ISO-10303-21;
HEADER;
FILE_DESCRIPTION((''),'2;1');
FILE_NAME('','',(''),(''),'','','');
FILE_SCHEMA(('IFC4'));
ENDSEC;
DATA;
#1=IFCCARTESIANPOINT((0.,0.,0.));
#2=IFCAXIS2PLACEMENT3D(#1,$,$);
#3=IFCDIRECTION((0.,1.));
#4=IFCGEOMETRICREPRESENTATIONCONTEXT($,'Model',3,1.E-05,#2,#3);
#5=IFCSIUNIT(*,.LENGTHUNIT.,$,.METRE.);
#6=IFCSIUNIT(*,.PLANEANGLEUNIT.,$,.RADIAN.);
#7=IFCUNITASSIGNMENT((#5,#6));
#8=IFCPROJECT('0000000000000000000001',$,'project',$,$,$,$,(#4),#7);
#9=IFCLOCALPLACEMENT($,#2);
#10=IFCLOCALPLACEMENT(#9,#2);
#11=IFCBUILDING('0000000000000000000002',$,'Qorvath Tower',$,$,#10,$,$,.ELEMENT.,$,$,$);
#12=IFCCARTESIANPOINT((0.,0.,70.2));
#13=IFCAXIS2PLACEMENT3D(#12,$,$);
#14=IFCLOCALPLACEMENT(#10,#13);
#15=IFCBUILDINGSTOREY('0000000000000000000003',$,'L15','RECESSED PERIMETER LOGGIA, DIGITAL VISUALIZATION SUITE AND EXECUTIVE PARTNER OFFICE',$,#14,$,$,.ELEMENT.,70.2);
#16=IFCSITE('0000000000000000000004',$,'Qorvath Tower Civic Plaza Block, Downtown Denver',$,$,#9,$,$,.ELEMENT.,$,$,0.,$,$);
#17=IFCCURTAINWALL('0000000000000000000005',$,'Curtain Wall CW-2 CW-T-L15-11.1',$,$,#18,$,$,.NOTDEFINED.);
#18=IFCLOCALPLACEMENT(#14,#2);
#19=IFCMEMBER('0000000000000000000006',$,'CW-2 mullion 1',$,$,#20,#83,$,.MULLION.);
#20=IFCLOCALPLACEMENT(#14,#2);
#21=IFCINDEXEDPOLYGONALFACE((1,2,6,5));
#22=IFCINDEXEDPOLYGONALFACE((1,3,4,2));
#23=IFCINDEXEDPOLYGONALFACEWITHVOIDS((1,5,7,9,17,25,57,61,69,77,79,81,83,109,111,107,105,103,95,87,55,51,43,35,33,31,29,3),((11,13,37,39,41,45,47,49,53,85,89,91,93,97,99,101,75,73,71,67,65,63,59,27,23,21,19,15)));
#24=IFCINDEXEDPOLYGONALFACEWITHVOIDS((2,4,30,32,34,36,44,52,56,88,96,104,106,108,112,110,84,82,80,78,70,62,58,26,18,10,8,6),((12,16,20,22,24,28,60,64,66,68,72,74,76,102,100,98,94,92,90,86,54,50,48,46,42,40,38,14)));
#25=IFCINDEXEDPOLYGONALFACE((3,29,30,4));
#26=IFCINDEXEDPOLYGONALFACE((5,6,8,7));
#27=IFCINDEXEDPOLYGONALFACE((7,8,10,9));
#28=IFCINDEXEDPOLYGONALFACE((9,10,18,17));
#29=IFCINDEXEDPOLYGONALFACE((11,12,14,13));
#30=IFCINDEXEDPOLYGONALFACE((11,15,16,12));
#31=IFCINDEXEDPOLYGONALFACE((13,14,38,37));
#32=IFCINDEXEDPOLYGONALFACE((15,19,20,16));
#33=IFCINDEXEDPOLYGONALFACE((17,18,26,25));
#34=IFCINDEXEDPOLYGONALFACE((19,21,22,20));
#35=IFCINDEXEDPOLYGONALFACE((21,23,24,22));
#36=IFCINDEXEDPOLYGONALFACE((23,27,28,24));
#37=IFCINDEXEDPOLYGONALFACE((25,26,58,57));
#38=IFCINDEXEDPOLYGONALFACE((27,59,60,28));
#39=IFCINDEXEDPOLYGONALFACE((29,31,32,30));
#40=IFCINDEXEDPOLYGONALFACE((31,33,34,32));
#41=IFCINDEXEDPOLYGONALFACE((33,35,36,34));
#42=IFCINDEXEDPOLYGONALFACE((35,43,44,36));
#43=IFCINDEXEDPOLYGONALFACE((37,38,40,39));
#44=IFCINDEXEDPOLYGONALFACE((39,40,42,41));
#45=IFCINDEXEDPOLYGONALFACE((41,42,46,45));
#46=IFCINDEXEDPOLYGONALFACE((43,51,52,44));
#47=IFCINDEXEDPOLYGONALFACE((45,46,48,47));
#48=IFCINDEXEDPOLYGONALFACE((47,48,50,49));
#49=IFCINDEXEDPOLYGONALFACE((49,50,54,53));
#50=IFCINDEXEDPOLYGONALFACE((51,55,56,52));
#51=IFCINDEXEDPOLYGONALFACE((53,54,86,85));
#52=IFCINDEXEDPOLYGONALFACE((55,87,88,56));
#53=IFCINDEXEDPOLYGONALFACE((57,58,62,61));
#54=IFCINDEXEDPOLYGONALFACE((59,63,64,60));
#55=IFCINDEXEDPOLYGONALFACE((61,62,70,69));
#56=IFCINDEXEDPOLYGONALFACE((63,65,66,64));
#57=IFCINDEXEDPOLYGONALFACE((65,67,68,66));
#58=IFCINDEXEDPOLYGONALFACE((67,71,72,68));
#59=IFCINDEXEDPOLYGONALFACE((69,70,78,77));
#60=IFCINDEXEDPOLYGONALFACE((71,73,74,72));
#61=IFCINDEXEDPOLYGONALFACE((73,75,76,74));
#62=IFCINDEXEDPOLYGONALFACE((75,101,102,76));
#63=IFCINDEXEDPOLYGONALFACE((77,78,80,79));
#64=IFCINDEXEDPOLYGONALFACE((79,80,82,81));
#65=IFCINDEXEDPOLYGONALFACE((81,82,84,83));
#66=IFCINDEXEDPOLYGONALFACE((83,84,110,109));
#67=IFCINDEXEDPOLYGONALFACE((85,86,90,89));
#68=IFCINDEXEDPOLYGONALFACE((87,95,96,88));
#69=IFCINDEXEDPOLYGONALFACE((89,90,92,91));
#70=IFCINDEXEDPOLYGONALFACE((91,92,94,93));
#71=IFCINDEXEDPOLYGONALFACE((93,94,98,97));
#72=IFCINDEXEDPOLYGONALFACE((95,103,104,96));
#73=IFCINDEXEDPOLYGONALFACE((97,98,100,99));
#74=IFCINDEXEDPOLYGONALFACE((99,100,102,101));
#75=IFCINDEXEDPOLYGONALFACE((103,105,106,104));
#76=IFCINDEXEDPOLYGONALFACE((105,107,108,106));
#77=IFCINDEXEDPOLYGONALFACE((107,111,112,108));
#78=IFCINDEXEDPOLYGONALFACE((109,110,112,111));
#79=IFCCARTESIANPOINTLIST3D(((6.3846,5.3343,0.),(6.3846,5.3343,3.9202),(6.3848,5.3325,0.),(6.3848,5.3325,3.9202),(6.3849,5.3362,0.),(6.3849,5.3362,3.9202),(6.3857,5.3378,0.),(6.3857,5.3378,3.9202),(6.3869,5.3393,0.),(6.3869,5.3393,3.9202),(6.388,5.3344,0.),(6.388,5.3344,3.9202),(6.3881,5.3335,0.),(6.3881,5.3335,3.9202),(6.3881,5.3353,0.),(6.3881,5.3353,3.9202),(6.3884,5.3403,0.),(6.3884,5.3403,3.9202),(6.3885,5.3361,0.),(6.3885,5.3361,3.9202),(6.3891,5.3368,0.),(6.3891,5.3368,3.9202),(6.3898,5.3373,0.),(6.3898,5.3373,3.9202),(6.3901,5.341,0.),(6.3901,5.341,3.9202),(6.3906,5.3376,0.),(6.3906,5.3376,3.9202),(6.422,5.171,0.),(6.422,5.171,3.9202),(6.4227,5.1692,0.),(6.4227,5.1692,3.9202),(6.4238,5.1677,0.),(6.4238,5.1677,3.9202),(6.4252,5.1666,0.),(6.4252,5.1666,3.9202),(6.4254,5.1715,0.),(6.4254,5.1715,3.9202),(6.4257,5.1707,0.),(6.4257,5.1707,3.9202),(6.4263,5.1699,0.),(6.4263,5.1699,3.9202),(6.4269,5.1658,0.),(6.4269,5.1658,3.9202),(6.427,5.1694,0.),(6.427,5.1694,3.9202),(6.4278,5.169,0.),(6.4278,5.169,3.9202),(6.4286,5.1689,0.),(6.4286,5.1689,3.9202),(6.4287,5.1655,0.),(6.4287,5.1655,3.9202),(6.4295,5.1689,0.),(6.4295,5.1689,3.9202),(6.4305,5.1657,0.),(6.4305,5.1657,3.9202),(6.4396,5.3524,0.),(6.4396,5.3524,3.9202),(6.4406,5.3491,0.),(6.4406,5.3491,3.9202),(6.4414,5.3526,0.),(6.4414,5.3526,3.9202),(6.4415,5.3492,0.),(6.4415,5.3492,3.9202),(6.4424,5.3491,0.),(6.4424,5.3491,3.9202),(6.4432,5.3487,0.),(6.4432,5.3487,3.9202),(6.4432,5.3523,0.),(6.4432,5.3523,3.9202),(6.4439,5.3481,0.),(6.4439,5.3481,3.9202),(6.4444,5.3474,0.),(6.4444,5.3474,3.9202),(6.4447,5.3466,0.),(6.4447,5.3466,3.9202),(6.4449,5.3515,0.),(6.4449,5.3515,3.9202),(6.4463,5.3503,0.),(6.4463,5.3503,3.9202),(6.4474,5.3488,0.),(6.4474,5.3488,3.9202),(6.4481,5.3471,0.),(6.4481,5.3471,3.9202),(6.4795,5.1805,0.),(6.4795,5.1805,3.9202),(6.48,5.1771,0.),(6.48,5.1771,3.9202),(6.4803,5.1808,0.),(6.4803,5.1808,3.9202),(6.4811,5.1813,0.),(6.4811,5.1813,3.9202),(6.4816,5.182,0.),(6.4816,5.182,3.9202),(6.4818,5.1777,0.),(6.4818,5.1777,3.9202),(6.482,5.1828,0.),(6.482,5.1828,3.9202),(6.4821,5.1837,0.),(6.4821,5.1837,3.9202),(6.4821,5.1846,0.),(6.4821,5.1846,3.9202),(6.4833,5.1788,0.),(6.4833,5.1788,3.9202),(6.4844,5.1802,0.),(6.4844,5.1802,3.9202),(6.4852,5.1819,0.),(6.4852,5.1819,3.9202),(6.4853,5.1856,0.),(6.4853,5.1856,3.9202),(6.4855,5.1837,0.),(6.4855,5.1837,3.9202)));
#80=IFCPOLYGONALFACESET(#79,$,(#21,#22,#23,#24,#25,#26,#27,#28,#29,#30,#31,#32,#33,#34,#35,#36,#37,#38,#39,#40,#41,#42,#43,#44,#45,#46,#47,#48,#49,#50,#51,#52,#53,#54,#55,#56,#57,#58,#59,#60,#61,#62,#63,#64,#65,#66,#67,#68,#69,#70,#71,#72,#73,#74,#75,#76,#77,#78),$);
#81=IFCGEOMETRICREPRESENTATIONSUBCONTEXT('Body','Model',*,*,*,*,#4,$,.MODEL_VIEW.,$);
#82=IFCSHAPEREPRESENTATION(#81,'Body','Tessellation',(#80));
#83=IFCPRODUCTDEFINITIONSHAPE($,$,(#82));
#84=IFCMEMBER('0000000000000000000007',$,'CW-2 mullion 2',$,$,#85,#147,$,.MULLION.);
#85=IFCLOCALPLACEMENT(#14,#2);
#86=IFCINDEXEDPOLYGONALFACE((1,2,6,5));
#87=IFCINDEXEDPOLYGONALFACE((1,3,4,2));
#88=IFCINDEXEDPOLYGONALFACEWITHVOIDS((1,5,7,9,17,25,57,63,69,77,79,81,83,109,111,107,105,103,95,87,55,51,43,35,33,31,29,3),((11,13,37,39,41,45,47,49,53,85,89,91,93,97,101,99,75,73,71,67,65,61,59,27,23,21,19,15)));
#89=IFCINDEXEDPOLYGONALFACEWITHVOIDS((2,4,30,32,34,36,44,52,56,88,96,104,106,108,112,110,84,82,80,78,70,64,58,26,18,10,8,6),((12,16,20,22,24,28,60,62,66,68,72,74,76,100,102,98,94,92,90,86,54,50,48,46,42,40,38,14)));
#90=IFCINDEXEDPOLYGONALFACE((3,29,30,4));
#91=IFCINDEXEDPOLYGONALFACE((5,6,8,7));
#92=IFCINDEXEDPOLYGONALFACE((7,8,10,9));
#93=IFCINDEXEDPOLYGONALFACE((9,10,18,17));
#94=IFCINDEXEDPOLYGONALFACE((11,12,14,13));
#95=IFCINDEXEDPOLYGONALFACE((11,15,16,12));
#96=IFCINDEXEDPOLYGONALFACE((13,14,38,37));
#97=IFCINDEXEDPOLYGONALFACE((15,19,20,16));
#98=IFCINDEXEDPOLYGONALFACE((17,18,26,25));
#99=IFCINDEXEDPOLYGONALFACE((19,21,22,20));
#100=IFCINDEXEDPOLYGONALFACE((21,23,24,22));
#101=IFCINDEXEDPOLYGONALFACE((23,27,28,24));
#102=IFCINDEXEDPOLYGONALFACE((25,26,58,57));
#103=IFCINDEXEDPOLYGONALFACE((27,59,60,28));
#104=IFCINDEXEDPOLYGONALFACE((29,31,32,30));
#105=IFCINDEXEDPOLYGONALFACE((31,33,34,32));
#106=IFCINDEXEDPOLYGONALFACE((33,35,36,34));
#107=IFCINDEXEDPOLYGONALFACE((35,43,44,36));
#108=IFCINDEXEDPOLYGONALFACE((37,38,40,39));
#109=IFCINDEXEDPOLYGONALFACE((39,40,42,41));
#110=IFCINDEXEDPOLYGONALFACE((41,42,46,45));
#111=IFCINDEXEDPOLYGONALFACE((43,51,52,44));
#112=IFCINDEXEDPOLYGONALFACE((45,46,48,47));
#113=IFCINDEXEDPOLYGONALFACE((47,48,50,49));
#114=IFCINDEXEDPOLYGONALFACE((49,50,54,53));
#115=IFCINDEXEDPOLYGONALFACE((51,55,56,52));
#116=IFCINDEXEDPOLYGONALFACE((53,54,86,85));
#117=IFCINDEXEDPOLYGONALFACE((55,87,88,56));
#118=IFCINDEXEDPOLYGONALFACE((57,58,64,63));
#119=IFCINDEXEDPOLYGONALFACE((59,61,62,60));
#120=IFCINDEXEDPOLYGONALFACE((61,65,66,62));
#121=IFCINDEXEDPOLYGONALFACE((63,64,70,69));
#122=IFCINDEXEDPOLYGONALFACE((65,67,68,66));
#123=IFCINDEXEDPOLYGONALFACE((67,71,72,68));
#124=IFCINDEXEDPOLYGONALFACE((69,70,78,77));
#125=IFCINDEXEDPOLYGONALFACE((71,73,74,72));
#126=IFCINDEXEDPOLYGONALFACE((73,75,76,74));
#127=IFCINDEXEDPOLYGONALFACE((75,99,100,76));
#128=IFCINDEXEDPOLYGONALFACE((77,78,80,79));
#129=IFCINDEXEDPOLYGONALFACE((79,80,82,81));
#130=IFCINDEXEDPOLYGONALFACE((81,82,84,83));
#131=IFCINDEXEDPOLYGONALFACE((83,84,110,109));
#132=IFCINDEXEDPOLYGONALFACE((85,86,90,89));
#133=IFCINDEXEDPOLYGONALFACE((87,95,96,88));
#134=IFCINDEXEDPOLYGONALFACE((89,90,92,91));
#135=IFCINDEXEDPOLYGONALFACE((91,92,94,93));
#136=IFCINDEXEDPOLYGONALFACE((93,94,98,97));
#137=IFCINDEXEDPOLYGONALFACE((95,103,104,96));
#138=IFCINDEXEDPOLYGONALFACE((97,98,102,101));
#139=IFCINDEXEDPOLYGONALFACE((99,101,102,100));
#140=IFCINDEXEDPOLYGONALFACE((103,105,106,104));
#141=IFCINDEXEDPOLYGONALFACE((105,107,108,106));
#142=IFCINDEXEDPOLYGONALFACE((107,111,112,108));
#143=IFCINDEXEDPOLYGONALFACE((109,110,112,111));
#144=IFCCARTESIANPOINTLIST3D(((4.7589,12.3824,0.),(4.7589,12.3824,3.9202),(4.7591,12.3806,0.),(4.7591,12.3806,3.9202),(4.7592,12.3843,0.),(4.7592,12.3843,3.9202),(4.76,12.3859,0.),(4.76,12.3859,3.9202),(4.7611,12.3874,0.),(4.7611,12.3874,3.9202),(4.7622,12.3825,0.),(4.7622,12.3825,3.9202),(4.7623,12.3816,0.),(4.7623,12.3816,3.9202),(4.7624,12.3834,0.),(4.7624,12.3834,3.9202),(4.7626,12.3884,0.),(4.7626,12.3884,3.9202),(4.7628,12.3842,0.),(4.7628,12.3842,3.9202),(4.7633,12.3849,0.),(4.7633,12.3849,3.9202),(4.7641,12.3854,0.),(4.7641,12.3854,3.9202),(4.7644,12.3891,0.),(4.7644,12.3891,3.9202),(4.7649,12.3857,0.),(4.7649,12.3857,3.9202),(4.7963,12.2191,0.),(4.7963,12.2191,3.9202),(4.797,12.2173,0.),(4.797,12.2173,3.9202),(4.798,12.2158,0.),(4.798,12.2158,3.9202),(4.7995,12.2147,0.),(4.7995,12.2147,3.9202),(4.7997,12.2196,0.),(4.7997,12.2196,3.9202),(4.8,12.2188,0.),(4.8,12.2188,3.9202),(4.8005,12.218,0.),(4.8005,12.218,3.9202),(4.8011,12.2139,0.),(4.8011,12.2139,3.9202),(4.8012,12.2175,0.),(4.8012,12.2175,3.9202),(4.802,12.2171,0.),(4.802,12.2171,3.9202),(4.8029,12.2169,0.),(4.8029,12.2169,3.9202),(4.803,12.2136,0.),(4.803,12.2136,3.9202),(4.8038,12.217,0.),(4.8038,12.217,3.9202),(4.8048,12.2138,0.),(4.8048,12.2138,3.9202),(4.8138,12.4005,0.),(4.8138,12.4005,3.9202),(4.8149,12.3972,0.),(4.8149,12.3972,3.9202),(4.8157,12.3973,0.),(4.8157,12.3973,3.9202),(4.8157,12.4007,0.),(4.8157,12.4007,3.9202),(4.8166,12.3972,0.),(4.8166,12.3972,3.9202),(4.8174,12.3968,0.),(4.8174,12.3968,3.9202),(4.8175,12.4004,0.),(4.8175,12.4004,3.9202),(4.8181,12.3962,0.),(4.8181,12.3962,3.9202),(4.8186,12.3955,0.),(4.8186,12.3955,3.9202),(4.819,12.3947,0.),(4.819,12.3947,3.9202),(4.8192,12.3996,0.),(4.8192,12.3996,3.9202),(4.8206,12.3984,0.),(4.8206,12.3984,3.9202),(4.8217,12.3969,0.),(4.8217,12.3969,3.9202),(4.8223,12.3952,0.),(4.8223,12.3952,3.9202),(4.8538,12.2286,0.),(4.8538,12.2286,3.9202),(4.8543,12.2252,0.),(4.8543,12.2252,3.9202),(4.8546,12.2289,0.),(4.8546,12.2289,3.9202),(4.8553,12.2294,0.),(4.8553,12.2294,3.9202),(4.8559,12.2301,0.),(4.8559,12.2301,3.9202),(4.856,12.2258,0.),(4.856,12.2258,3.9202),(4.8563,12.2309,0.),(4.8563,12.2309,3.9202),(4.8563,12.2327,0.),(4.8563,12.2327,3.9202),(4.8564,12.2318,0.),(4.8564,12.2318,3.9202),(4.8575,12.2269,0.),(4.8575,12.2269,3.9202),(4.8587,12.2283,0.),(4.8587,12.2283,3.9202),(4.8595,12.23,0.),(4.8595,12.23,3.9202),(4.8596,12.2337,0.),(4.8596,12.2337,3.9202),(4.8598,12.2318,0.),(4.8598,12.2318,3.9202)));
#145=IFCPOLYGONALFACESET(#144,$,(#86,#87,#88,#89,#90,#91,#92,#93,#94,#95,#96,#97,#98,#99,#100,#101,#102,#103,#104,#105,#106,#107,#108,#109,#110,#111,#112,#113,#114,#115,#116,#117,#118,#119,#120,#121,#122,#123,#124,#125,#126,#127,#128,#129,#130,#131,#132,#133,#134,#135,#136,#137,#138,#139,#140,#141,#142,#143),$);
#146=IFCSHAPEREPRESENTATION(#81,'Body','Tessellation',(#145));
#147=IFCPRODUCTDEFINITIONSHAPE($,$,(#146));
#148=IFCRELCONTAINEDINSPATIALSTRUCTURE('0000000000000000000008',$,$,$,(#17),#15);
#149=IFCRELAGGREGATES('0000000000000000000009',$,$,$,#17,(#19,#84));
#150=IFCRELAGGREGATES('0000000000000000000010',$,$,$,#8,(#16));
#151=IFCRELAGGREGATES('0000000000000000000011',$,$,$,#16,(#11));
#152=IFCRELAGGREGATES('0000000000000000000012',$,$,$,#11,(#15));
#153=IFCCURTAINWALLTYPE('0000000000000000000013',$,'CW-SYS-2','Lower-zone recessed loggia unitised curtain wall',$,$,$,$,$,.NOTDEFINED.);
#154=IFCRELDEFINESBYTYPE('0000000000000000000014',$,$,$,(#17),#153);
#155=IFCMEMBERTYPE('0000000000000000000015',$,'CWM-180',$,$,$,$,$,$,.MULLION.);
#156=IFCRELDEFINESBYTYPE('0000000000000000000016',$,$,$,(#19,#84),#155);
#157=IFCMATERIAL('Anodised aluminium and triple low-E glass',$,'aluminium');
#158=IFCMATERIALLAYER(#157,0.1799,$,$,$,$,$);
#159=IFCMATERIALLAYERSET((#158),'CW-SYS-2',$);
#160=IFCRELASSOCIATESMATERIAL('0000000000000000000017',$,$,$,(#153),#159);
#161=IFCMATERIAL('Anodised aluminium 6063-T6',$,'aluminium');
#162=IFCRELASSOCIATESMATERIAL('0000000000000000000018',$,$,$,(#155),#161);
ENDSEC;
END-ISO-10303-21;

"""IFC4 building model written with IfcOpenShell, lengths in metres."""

from ifc_helpers import new_model, si_unit, direction, frame, origin, origin_2d, place, context, subcontext, project, spatial, hollow_rectangle, extrude, material, layer, layer_set, material_profile, profile_set, type_object, element, aggregate, save


model = new_model("IFC4")

# Units and contexts
model_context = context("Model", 3, precision=1e-05, world=origin(), true_north=direction((0.0, 1.0)))
body_context = subcontext(model_context, "Body", "Model", "MODEL_VIEW")
ifc_project = project(units=[si_unit("LENGTHUNIT", "METRE"), si_unit("PLANEANGLEUNIT", "RADIAN")], contexts=[model_context])

# Site, building, storey
site_placement = place(None, origin())
site = spatial("IfcSite", under=ifc_project, at=site_placement, Name="Qorvath Tower Civic Plaza Block, Downtown Denver", CompositionType="ELEMENT", RefElevation=0.0)
building_placement = place(site_placement, origin())
building = spatial("IfcBuilding", under=site, at=building_placement, Name="Qorvath Tower", CompositionType="ELEMENT")
storey_placement = place(building_placement, frame((0.0, 0.0, 70.2)))
storey = spatial("IfcBuildingStorey", under=building, at=storey_placement, Name="L15", Description="RECESSED PERIMETER LOGGIA, DIGITAL VISUALIZATION SUITE AND EXECUTIVE PARTNER OFFICE", CompositionType="ELEMENT", Elevation=70.2)

# Shared definitions
ifc_material_1 = material(Name="Anodised aluminium and triple low-E glass", Category="aluminium")
ifc_layer_1 = layer(ifc_material_1, 0.1799)
ifc_layer_set_1 = layer_set([ifc_layer_1], Name="CW-SYS-2")
curtain_wall_type = type_object("IfcCurtainWallType", Name="CW-SYS-2", Description="Lower-zone recessed loggia unitised curtain wall", PredefinedType="NOTDEFINED", material=ifc_layer_set_1)
ifc_material_2 = material(Name="Anodised aluminium 6063-T6", Category="aluminium")
ifc_material_profile_1 = material_profile(ifc_material_2, hollow_rectangle(XDim=0.0649, YDim=0.1799, WallThickness=0.0034, InnerFilletRadius=0.0034, OuterFilletRadius=0.0071, at=origin_2d()), Name="CWM 180x65")
ifc_profile_set_1 = profile_set([ifc_material_profile_1], Name="Anodised aluminium 6063-T6")
member_type_1 = type_object("IfcMemberType", Name="CWM-180", PredefinedType="MULLION", material=ifc_profile_set_1)

# Curtain wall, members
curtain_wall_1_placement = place(storey_placement, origin())
curtain_wall_1 = element("IfcCurtainWall", 1, at=curtain_wall_1_placement, inside=storey, type_object=curtain_wall_type, Name="Curtain Wall CW-2 CW-T-L15-11.1", PredefinedType="NOTDEFINED")
member_1_placement = place(storey_placement, frame((6.4351, 5.259, 0.0), z_axis=(0.0, 0.0, 1.0), x_axis=(-0.974413, -0.224763, 0.0)))
member_1 = element("IfcMember", 2, at=member_1_placement, type_object=member_type_1, Name="CW-2 mullion 1", PredefinedType="MULLION", context=body_context, shape_type="SweptSolid", body=[
    extrude(hollow_rectangle(XDim=0.0649, YDim=0.1799, WallThickness=0.0034, InnerFilletRadius=0.0034, OuterFilletRadius=0.0071, at=origin_2d()), origin(), (0.0, 0.0, 1.0), 3.9202),
])
member_2_placement = place(storey_placement, frame((4.8093, 12.3071, 0.0), z_axis=(0.0, 0.0, 1.0), x_axis=(-0.974413, -0.224763, 0.0)))
member_2 = element("IfcMember", 3, at=member_2_placement, type_object=member_type_1, Name="CW-2 mullion 2", PredefinedType="MULLION", context=body_context, shape_type="SweptSolid", body=[
    extrude(hollow_rectangle(XDim=0.0649, YDim=0.1799, WallThickness=0.0034, InnerFilletRadius=0.0034, OuterFilletRadius=0.0071, at=origin_2d()), origin(), (0.0, 0.0, 1.0), 3.9202),
])

aggregate(curtain_wall_1, [member_1, member_2])

save(model, "model.ifc")
